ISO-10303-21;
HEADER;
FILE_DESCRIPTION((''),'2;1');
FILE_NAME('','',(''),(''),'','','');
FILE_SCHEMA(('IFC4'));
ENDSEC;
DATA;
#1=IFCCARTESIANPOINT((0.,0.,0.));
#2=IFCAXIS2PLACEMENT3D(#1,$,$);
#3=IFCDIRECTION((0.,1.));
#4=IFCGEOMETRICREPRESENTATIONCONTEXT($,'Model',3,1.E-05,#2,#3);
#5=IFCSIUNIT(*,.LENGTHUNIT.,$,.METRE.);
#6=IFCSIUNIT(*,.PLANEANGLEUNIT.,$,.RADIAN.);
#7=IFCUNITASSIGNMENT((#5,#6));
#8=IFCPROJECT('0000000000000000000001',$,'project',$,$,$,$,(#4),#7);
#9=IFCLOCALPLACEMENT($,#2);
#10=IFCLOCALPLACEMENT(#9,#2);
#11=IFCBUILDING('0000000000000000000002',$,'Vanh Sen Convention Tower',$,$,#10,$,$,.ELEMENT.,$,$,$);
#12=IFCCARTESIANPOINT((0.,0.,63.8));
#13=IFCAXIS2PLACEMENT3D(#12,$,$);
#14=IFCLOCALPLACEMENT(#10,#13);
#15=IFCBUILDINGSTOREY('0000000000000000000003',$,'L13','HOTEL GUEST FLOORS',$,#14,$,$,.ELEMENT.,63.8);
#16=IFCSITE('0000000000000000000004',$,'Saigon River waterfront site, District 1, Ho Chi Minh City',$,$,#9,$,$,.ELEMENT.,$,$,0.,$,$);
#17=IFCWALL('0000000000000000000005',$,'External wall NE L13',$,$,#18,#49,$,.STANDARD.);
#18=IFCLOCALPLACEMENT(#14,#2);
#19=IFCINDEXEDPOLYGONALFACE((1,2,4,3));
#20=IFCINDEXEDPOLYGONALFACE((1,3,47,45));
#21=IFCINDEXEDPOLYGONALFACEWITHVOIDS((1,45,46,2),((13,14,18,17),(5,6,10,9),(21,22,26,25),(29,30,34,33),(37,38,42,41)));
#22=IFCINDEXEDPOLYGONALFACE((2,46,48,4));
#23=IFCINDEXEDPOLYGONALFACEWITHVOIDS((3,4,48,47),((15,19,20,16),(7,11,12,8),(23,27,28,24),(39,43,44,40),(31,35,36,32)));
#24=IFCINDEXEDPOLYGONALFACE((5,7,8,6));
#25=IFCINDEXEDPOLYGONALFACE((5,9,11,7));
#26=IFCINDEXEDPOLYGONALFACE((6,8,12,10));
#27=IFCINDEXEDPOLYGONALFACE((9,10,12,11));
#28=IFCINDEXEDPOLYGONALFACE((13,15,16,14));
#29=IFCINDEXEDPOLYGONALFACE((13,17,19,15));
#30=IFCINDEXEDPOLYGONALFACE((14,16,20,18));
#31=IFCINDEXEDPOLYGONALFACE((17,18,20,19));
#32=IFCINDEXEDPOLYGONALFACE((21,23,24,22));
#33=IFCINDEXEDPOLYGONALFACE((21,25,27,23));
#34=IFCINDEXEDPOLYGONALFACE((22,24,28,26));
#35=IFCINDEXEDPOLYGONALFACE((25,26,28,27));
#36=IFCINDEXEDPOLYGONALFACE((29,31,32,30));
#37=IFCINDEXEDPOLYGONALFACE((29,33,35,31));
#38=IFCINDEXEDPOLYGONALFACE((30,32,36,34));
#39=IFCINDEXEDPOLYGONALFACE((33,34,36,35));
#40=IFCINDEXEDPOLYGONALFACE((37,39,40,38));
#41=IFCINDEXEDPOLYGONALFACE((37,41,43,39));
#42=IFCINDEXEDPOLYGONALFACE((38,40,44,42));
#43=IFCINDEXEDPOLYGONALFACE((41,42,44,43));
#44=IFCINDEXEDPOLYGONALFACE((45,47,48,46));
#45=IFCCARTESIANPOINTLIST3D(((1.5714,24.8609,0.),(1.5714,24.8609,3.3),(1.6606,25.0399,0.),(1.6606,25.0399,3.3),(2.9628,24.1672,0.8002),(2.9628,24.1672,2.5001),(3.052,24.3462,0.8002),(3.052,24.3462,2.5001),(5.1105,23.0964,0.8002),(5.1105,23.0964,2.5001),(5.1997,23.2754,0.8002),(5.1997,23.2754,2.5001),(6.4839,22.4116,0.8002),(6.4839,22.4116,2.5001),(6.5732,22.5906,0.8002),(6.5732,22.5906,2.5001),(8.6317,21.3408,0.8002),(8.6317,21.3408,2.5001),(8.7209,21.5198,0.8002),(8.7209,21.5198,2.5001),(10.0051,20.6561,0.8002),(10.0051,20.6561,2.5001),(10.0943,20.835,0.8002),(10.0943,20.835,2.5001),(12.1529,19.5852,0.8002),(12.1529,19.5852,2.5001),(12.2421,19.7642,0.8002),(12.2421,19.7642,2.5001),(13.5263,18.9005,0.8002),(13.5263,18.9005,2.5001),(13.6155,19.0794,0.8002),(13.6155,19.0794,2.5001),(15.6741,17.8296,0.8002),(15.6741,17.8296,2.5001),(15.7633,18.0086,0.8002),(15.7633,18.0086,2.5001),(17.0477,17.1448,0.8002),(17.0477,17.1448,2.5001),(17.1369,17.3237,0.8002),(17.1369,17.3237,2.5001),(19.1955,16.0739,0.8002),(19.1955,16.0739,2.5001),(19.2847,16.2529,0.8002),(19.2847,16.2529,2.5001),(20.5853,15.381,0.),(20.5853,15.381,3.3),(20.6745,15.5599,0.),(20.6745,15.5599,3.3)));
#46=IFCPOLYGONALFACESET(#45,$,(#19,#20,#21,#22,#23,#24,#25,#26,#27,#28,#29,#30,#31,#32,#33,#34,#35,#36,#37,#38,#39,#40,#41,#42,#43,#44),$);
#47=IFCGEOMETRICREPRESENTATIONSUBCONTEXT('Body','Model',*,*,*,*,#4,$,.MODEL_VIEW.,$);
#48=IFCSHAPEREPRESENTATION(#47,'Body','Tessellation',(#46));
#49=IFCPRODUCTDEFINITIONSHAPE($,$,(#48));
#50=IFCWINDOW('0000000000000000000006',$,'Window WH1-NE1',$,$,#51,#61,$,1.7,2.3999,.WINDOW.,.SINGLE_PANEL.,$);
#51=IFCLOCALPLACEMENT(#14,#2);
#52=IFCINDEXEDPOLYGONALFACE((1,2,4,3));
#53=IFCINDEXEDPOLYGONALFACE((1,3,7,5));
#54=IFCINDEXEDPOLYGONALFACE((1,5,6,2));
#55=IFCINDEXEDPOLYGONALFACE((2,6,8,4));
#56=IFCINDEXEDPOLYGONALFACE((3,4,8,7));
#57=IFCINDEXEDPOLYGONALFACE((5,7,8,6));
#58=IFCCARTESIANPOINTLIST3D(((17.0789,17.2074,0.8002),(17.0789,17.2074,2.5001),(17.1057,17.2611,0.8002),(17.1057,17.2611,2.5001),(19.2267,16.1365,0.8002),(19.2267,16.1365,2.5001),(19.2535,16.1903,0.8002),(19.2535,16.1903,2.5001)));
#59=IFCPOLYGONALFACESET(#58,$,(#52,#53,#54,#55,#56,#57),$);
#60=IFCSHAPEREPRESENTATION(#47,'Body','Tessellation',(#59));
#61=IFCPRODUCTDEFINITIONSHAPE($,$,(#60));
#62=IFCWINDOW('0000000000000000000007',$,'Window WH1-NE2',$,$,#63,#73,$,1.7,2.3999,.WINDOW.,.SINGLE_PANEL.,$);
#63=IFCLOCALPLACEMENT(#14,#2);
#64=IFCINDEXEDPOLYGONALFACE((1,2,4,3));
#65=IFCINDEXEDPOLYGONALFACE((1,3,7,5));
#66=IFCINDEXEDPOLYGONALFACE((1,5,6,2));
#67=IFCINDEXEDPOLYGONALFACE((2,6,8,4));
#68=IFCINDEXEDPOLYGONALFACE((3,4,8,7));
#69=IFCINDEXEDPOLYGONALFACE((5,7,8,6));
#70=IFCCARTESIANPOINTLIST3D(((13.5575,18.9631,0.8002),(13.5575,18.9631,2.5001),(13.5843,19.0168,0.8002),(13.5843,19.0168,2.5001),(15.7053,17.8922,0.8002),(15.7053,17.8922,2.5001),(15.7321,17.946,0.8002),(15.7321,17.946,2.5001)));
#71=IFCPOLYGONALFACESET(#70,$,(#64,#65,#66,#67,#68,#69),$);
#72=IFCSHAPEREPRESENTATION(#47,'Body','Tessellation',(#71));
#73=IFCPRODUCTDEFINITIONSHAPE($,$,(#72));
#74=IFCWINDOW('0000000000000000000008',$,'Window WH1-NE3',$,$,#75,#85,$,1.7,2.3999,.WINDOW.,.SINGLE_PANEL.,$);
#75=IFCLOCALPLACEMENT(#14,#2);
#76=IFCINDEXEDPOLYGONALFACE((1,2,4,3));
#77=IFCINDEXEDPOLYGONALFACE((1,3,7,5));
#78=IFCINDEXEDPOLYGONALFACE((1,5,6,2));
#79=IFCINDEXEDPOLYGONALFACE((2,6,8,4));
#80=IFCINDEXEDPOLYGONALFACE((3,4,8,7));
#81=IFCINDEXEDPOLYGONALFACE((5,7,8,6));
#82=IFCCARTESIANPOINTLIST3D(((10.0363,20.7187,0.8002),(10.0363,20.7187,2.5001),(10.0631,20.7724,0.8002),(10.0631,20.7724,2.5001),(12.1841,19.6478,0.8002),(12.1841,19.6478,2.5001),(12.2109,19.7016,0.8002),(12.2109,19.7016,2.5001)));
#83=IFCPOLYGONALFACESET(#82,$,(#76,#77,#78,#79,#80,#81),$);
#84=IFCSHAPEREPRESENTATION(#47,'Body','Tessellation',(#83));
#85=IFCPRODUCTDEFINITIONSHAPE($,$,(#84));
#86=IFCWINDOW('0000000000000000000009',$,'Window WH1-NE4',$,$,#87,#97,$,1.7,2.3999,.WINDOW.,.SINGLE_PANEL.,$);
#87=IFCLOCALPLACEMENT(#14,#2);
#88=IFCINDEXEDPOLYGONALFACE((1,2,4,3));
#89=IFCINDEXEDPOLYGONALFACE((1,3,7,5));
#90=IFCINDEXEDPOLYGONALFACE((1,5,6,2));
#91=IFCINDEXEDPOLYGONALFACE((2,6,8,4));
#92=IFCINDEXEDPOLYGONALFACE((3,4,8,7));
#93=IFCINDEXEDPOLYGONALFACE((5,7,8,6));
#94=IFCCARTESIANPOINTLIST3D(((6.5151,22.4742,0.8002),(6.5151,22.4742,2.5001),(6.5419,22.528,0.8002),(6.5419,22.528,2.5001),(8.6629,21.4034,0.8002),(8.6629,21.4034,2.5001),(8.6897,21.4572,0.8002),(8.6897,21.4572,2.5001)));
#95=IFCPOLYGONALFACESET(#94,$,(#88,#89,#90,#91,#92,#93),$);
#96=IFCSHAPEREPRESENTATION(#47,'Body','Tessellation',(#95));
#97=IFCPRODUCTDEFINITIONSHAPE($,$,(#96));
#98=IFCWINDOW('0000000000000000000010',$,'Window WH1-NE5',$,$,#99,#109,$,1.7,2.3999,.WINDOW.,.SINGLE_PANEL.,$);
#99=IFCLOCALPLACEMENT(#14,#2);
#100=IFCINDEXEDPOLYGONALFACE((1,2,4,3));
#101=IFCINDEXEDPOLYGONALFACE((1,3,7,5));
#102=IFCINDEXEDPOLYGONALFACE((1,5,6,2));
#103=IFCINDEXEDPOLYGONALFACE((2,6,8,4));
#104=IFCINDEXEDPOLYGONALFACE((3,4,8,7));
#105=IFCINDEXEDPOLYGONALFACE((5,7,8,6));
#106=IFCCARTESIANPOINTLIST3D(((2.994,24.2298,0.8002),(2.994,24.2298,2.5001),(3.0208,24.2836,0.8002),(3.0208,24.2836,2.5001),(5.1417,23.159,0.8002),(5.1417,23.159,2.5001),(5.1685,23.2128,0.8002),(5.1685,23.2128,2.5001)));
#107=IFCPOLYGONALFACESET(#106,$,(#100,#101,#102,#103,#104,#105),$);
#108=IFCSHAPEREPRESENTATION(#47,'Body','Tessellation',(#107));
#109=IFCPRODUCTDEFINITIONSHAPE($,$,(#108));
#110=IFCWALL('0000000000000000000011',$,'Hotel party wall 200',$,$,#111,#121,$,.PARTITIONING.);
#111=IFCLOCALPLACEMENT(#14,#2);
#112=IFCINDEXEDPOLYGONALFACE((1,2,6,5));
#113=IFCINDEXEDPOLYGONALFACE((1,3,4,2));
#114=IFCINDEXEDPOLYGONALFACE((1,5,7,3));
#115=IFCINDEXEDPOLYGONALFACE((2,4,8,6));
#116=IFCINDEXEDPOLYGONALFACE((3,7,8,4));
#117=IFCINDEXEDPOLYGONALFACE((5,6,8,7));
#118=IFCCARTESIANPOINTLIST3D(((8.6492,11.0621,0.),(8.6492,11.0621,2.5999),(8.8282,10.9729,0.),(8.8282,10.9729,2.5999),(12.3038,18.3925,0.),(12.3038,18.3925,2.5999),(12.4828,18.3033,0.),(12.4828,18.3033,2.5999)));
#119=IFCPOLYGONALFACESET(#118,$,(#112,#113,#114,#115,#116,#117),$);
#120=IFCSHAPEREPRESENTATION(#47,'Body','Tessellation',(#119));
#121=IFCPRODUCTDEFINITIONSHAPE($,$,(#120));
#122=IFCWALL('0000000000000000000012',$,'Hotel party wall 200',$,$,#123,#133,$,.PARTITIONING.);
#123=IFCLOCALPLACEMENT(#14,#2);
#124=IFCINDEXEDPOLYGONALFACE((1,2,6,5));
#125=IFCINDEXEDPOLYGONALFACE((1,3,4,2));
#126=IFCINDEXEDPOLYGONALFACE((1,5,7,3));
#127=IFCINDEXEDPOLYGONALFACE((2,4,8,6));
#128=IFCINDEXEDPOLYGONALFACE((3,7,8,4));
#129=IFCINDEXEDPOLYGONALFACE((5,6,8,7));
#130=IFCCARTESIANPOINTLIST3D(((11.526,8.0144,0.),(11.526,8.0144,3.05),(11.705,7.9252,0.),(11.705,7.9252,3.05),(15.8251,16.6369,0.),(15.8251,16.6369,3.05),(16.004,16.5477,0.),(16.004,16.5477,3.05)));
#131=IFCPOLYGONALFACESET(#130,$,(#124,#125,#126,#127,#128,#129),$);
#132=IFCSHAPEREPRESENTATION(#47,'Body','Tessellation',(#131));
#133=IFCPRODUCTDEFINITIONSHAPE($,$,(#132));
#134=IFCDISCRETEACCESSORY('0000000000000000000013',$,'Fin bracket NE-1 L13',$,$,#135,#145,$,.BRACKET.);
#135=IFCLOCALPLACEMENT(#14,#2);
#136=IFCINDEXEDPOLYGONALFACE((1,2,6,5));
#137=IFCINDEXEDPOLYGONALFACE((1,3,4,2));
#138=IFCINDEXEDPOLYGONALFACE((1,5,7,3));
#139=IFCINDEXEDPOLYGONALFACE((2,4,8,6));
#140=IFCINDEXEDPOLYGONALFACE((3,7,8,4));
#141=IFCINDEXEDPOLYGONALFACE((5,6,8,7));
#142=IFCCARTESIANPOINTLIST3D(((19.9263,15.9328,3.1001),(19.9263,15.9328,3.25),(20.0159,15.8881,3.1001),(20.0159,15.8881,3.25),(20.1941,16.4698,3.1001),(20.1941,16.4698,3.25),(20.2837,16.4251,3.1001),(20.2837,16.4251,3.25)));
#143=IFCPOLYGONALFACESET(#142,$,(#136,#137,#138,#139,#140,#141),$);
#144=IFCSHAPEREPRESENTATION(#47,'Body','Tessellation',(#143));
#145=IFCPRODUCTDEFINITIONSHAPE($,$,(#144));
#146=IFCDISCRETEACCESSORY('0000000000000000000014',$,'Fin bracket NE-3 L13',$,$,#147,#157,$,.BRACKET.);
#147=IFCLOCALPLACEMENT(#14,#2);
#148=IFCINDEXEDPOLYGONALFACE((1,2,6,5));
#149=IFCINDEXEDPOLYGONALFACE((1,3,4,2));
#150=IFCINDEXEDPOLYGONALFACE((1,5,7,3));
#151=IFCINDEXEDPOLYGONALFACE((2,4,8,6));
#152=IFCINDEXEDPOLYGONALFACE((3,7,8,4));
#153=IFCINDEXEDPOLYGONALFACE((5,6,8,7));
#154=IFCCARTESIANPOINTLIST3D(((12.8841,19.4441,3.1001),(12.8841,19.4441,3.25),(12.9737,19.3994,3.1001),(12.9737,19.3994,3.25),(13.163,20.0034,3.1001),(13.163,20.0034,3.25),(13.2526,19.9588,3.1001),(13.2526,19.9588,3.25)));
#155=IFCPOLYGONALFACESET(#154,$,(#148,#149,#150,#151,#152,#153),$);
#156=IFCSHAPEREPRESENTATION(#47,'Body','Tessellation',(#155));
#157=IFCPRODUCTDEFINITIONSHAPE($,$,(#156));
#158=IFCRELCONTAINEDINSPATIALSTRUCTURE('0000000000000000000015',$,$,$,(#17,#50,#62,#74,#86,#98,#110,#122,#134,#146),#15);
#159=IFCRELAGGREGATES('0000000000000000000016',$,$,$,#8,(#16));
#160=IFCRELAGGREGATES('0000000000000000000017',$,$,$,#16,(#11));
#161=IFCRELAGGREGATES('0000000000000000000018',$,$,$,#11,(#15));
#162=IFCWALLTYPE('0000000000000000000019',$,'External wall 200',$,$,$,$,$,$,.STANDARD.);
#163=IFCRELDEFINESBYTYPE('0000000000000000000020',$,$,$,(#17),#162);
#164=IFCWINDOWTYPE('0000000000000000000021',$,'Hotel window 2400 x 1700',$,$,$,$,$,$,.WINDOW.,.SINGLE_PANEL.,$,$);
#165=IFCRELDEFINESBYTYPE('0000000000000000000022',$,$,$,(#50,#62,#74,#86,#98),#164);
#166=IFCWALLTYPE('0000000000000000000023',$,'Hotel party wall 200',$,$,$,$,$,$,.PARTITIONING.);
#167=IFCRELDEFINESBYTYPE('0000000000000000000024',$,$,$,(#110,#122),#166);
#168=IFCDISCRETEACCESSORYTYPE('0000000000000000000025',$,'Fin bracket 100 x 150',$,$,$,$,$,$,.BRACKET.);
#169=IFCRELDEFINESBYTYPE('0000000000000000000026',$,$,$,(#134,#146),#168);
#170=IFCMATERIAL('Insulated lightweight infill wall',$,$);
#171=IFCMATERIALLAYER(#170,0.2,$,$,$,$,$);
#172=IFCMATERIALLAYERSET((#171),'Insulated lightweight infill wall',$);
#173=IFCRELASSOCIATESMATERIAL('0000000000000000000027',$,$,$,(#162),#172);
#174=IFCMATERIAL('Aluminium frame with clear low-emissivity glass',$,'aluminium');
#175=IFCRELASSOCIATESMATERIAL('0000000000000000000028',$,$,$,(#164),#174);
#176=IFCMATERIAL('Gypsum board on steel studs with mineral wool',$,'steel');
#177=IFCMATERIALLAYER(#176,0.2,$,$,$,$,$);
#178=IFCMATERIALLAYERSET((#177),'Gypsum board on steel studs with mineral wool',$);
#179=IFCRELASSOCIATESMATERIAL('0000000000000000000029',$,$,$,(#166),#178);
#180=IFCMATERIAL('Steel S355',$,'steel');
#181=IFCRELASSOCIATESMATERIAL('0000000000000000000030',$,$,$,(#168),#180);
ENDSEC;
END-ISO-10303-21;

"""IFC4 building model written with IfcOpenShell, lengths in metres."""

from ifc_helpers import new_model, si_unit, direction, frame, frame_2d, origin, origin_2d, place, context, subcontext, project, spatial, rectangle, extrude, material, layer, layer_set, type_object, element, fill, save


model = new_model("IFC4")

# Units and contexts
model_context = context("Model", 3, precision=1e-05, world=origin(), true_north=direction((0.0, 1.0)))
body_context = subcontext(model_context, "Body", "Model", "MODEL_VIEW")
ifc_project = project(units=[si_unit("LENGTHUNIT", "METRE"), si_unit("PLANEANGLEUNIT", "RADIAN")], contexts=[model_context])

# Site, building, storey
site_placement = place(None, origin())
site = spatial("IfcSite", under=ifc_project, at=site_placement, Name="Saigon River waterfront site, District 1, Ho Chi Minh City", CompositionType="ELEMENT", RefElevation=0.0)
building_placement = place(site_placement, origin())
building = spatial("IfcBuilding", under=site, at=building_placement, Name="Vanh Sen Convention Tower", CompositionType="ELEMENT")
storey_placement = place(building_placement, frame((0.0, 0.0, 63.8)))
storey = spatial("IfcBuildingStorey", under=building, at=storey_placement, Name="L13", Description="HOTEL GUEST FLOORS", CompositionType="ELEMENT", Elevation=63.8)

# Wall, openings, windows
ifc_material_1 = material(Name="Insulated lightweight infill wall")
ifc_layer_1 = layer(ifc_material_1, 0.2)
ifc_layer_set_1 = layer_set([ifc_layer_1], Name="Insulated lightweight infill wall")
wall_type_1 = type_object("IfcWallType", Name="External wall 200", PredefinedType="STANDARD", material=ifc_layer_set_1)
wall_1_placement = place(storey_placement, frame((20.6299, 15.4705, 0.0), z_axis=(0.0, 0.0, 1.0), x_axis=(-0.894935, 0.446197, 0.0)))
wall_1 = element("IfcWall", 1, at=wall_1_placement, inside=storey, type_object=wall_type_1, Name="External wall NE L13", PredefinedType="STANDARD", context=body_context, shape_type="SweptSolid", body=[
    extrude(rectangle(XDim=21.2461, YDim=0.2, at=frame_2d((10.623, 0.0))), origin(), (0.0, 0.0, 1.0), 3.3),
])
opening_1_placement = place(wall_1_placement, frame((1.553, 0.0, 0.8)))
opening_1 = element("IfcOpeningElement", 2, at=opening_1_placement, cuts=wall_1, PredefinedType="OPENING", context=body_context, shape_type="SweptSolid", body=[
    extrude(rectangle(XDim=2.3999, YDim=1.7, at=frame_2d((1.2, 0.8501))), frame((0.0, 0.1099, 0.0), z_axis=(0.0, -1.0, 0.0), x_axis=(1.0, 0.0, 0.0)), (0.0, 0.0, 1.0), 0.22),
])
opening_2_placement = place(wall_1_placement, frame((5.4878, 0.0, 0.8)))
opening_2 = element("IfcOpeningElement", 3, at=opening_2_placement, cuts=wall_1, PredefinedType="OPENING", context=body_context, shape_type="SweptSolid", body=[
    extrude(rectangle(XDim=2.3999, YDim=1.7, at=frame_2d((1.2, 0.8501))), frame((0.0, 0.1099, 0.0), z_axis=(0.0, -1.0, 0.0), x_axis=(1.0, 0.0, 0.0)), (0.0, 0.0, 1.0), 0.22),
])
opening_3_placement = place(wall_1_placement, frame((9.4224, 0.0, 0.8)))
opening_3 = element("IfcOpeningElement", 4, at=opening_3_placement, cuts=wall_1, PredefinedType="OPENING", context=body_context, shape_type="SweptSolid", body=[
    extrude(rectangle(XDim=2.3999, YDim=1.7, at=frame_2d((1.2, 0.8501))), frame((0.0, 0.1099, 0.0), z_axis=(0.0, -1.0, 0.0), x_axis=(1.0, 0.0, 0.0)), (0.0, 0.0, 1.0), 0.22),
])
opening_4_placement = place(wall_1_placement, frame((13.3569, 0.0, 0.8)))
opening_4 = element("IfcOpeningElement", 5, at=opening_4_placement, cuts=wall_1, PredefinedType="OPENING", context=body_context, shape_type="SweptSolid", body=[
    extrude(rectangle(XDim=2.3999, YDim=1.7, at=frame_2d((1.2, 0.8501))), frame((0.0, 0.1099, 0.0), z_axis=(0.0, -1.0, 0.0), x_axis=(1.0, 0.0, 0.0)), (0.0, 0.0, 1.0), 0.22),
])
opening_5_placement = place(wall_1_placement, frame((17.2915, 0.0, 0.8)))
opening_5 = element("IfcOpeningElement", 6, at=opening_5_placement, cuts=wall_1, PredefinedType="OPENING", context=body_context, shape_type="SweptSolid", body=[
    extrude(rectangle(XDim=2.3999, YDim=1.7, at=frame_2d((1.2, 0.8501))), frame((0.0, 0.1099, 0.0), z_axis=(0.0, -1.0, 0.0), x_axis=(1.0, 0.0, 0.0)), (0.0, 0.0, 1.0), 0.22),
])
ifc_material_2 = material(Name="Aluminium frame with clear low-emissivity glass", Category="aluminium")
window_type = type_object("IfcWindowType", Name="Hotel window 2400 x 1700", PartitioningType="SINGLE_PANEL", PredefinedType="WINDOW", material=ifc_material_2)
window_1_placement = place(opening_1_placement, origin())
window_1 = element("IfcWindow", 7, at=window_1_placement, inside=storey, type_object=window_type, Name="Window WH1-NE1", OverallHeight=1.7, OverallWidth=2.3999, PartitioningType="SINGLE_PANEL", PredefinedType="WINDOW", context=body_context, shape_type="SweptSolid", body=[
    extrude(rectangle(XDim=2.3999, YDim=1.7, at=frame_2d((1.2, 0.8501))), frame((0.0, 0.03, 0.0), z_axis=(0.0, -1.0, 0.0), x_axis=(1.0, 0.0, 0.0)), (0.0, 0.0, 1.0), 0.0601),
])
fill(opening_1, window_1)
window_2_placement = place(opening_2_placement, origin())
window_2 = element("IfcWindow", 8, at=window_2_placement, inside=storey, type_object=window_type, Name="Window WH1-NE2", OverallHeight=1.7, OverallWidth=2.3999, PartitioningType="SINGLE_PANEL", PredefinedType="WINDOW", context=body_context, shape_type="SweptSolid", body=[
    extrude(rectangle(XDim=2.3999, YDim=1.7, at=frame_2d((1.2, 0.8501))), frame((0.0, 0.03, 0.0), z_axis=(0.0, -1.0, 0.0), x_axis=(1.0, 0.0, 0.0)), (0.0, 0.0, 1.0), 0.0601),
])
fill(opening_2, window_2)
window_3_placement = place(opening_3_placement, origin())
window_3 = element("IfcWindow", 9, at=window_3_placement, inside=storey, type_object=window_type, Name="Window WH1-NE3", OverallHeight=1.7, OverallWidth=2.3999, PartitioningType="SINGLE_PANEL", PredefinedType="WINDOW", context=body_context, shape_type="SweptSolid", body=[
    extrude(rectangle(XDim=2.3999, YDim=1.7, at=frame_2d((1.2, 0.8501))), frame((0.0, 0.03, 0.0), z_axis=(0.0, -1.0, 0.0), x_axis=(1.0, 0.0, 0.0)), (0.0, 0.0, 1.0), 0.0601),
])
fill(opening_3, window_3)
window_4_placement = place(opening_4_placement, origin())
window_4 = element("IfcWindow", 10, at=window_4_placement, inside=storey, type_object=window_type, Name="Window WH1-NE4", OverallHeight=1.7, OverallWidth=2.3999, PartitioningType="SINGLE_PANEL", PredefinedType="WINDOW", context=body_context, shape_type="SweptSolid", body=[
    extrude(rectangle(XDim=2.3999, YDim=1.7, at=frame_2d((1.2, 0.8501))), frame((0.0, 0.03, 0.0), z_axis=(0.0, -1.0, 0.0), x_axis=(1.0, 0.0, 0.0)), (0.0, 0.0, 1.0), 0.0601),
])
fill(opening_4, window_4)
window_5_placement = place(opening_5_placement, origin())
window_5 = element("IfcWindow", 11, at=window_5_placement, inside=storey, type_object=window_type, Name="Window WH1-NE5", OverallHeight=1.7, OverallWidth=2.3999, PartitioningType="SINGLE_PANEL", PredefinedType="WINDOW", context=body_context, shape_type="SweptSolid", body=[
    extrude(rectangle(XDim=2.3999, YDim=1.7, at=frame_2d((1.2, 0.8501))), frame((0.0, 0.03, 0.0), z_axis=(0.0, -1.0, 0.0), x_axis=(1.0, 0.0, 0.0)), (0.0, 0.0, 1.0), 0.0601),
])
fill(opening_5, window_5)

# Walls
ifc_material_3 = material(Name="Gypsum board on steel studs with mineral wool", Category="steel")
ifc_layer_2 = layer(ifc_material_3, 0.2)
ifc_layer_set_2 = layer_set([ifc_layer_2], Name="Gypsum board on steel studs with mineral wool")
wall_type_2 = type_object("IfcWallType", Name="Hotel party wall 200", PredefinedType="PARTITIONING", material=ifc_layer_set_2)
wall_2_placement = place(storey_placement, frame((12.3933, 18.3479, 0.0), z_axis=(0.0, 0.0, 1.0), x_axis=(-0.446176, -0.894945, 0.0)))
element("IfcWall", 12, at=wall_2_placement, inside=storey, type_object=wall_type_2, Name="Hotel party wall 200", PredefinedType="PARTITIONING", context=body_context, shape_type="SweptSolid", body=[
    extrude(rectangle(XDim=8.1909, YDim=0.2, at=frame_2d((4.0955, 0.0))), origin(), (0.0, 0.0, 1.0), 2.5999),
])
wall_3_placement = place(storey_placement, frame((15.9146, 16.5923, 0.0), z_axis=(0.0, 0.0, 1.0), x_axis=(-0.4462, -0.894933, 0.0)))
element("IfcWall", 13, at=wall_3_placement, inside=storey, type_object=wall_type_2, Name="Hotel party wall 200", PredefinedType="PARTITIONING", context=body_context, shape_type="SweptSolid", body=[
    extrude(rectangle(XDim=9.6348, YDim=0.2, at=frame_2d((4.8174, 0.0))), origin(), (0.0, 0.0, 1.0), 3.05),
])

# Discrete accessories
ifc_material_4 = material(Name="Steel S355", Category="steel")
discrete_accessory_type = type_object("IfcDiscreteAccessoryType", Name="Fin bracket 100 x 150", PredefinedType="BRACKET", material=ifc_material_4)
discrete_accessory_1_placement = place(storey_placement, frame((20.105, 16.179, 3.1001), z_axis=(0.0, 0.0, 1.0), x_axis=(0.446198, 0.894934, 0.0)))
element("IfcDiscreteAccessory", 14, at=discrete_accessory_1_placement, inside=storey, type_object=discrete_accessory_type, Name="Fin bracket NE-1 L13", PredefinedType="BRACKET", context=body_context, shape_type="SweptSolid", body=[
    extrude(rectangle(XDim=0.6001, YDim=0.1001, at=origin_2d()), origin(), (0.0, 0.0, 1.0), 0.1499),
])
discrete_accessory_2_placement = place(storey_placement, frame((13.0684, 19.7014, 3.1001), z_axis=(0.0, 0.0, 1.0), x_axis=(0.446198, 0.894934, 0.0)))
element("IfcDiscreteAccessory", 15, at=discrete_accessory_2_placement, inside=storey, type_object=discrete_accessory_type, Name="Fin bracket NE-3 L13", PredefinedType="BRACKET", context=body_context, shape_type="SweptSolid", body=[
    extrude(rectangle(XDim=0.625, YDim=0.1001, at=origin_2d()), origin(), (0.0, 0.0, 1.0), 0.1499),
])

save(model, "model.ifc")
